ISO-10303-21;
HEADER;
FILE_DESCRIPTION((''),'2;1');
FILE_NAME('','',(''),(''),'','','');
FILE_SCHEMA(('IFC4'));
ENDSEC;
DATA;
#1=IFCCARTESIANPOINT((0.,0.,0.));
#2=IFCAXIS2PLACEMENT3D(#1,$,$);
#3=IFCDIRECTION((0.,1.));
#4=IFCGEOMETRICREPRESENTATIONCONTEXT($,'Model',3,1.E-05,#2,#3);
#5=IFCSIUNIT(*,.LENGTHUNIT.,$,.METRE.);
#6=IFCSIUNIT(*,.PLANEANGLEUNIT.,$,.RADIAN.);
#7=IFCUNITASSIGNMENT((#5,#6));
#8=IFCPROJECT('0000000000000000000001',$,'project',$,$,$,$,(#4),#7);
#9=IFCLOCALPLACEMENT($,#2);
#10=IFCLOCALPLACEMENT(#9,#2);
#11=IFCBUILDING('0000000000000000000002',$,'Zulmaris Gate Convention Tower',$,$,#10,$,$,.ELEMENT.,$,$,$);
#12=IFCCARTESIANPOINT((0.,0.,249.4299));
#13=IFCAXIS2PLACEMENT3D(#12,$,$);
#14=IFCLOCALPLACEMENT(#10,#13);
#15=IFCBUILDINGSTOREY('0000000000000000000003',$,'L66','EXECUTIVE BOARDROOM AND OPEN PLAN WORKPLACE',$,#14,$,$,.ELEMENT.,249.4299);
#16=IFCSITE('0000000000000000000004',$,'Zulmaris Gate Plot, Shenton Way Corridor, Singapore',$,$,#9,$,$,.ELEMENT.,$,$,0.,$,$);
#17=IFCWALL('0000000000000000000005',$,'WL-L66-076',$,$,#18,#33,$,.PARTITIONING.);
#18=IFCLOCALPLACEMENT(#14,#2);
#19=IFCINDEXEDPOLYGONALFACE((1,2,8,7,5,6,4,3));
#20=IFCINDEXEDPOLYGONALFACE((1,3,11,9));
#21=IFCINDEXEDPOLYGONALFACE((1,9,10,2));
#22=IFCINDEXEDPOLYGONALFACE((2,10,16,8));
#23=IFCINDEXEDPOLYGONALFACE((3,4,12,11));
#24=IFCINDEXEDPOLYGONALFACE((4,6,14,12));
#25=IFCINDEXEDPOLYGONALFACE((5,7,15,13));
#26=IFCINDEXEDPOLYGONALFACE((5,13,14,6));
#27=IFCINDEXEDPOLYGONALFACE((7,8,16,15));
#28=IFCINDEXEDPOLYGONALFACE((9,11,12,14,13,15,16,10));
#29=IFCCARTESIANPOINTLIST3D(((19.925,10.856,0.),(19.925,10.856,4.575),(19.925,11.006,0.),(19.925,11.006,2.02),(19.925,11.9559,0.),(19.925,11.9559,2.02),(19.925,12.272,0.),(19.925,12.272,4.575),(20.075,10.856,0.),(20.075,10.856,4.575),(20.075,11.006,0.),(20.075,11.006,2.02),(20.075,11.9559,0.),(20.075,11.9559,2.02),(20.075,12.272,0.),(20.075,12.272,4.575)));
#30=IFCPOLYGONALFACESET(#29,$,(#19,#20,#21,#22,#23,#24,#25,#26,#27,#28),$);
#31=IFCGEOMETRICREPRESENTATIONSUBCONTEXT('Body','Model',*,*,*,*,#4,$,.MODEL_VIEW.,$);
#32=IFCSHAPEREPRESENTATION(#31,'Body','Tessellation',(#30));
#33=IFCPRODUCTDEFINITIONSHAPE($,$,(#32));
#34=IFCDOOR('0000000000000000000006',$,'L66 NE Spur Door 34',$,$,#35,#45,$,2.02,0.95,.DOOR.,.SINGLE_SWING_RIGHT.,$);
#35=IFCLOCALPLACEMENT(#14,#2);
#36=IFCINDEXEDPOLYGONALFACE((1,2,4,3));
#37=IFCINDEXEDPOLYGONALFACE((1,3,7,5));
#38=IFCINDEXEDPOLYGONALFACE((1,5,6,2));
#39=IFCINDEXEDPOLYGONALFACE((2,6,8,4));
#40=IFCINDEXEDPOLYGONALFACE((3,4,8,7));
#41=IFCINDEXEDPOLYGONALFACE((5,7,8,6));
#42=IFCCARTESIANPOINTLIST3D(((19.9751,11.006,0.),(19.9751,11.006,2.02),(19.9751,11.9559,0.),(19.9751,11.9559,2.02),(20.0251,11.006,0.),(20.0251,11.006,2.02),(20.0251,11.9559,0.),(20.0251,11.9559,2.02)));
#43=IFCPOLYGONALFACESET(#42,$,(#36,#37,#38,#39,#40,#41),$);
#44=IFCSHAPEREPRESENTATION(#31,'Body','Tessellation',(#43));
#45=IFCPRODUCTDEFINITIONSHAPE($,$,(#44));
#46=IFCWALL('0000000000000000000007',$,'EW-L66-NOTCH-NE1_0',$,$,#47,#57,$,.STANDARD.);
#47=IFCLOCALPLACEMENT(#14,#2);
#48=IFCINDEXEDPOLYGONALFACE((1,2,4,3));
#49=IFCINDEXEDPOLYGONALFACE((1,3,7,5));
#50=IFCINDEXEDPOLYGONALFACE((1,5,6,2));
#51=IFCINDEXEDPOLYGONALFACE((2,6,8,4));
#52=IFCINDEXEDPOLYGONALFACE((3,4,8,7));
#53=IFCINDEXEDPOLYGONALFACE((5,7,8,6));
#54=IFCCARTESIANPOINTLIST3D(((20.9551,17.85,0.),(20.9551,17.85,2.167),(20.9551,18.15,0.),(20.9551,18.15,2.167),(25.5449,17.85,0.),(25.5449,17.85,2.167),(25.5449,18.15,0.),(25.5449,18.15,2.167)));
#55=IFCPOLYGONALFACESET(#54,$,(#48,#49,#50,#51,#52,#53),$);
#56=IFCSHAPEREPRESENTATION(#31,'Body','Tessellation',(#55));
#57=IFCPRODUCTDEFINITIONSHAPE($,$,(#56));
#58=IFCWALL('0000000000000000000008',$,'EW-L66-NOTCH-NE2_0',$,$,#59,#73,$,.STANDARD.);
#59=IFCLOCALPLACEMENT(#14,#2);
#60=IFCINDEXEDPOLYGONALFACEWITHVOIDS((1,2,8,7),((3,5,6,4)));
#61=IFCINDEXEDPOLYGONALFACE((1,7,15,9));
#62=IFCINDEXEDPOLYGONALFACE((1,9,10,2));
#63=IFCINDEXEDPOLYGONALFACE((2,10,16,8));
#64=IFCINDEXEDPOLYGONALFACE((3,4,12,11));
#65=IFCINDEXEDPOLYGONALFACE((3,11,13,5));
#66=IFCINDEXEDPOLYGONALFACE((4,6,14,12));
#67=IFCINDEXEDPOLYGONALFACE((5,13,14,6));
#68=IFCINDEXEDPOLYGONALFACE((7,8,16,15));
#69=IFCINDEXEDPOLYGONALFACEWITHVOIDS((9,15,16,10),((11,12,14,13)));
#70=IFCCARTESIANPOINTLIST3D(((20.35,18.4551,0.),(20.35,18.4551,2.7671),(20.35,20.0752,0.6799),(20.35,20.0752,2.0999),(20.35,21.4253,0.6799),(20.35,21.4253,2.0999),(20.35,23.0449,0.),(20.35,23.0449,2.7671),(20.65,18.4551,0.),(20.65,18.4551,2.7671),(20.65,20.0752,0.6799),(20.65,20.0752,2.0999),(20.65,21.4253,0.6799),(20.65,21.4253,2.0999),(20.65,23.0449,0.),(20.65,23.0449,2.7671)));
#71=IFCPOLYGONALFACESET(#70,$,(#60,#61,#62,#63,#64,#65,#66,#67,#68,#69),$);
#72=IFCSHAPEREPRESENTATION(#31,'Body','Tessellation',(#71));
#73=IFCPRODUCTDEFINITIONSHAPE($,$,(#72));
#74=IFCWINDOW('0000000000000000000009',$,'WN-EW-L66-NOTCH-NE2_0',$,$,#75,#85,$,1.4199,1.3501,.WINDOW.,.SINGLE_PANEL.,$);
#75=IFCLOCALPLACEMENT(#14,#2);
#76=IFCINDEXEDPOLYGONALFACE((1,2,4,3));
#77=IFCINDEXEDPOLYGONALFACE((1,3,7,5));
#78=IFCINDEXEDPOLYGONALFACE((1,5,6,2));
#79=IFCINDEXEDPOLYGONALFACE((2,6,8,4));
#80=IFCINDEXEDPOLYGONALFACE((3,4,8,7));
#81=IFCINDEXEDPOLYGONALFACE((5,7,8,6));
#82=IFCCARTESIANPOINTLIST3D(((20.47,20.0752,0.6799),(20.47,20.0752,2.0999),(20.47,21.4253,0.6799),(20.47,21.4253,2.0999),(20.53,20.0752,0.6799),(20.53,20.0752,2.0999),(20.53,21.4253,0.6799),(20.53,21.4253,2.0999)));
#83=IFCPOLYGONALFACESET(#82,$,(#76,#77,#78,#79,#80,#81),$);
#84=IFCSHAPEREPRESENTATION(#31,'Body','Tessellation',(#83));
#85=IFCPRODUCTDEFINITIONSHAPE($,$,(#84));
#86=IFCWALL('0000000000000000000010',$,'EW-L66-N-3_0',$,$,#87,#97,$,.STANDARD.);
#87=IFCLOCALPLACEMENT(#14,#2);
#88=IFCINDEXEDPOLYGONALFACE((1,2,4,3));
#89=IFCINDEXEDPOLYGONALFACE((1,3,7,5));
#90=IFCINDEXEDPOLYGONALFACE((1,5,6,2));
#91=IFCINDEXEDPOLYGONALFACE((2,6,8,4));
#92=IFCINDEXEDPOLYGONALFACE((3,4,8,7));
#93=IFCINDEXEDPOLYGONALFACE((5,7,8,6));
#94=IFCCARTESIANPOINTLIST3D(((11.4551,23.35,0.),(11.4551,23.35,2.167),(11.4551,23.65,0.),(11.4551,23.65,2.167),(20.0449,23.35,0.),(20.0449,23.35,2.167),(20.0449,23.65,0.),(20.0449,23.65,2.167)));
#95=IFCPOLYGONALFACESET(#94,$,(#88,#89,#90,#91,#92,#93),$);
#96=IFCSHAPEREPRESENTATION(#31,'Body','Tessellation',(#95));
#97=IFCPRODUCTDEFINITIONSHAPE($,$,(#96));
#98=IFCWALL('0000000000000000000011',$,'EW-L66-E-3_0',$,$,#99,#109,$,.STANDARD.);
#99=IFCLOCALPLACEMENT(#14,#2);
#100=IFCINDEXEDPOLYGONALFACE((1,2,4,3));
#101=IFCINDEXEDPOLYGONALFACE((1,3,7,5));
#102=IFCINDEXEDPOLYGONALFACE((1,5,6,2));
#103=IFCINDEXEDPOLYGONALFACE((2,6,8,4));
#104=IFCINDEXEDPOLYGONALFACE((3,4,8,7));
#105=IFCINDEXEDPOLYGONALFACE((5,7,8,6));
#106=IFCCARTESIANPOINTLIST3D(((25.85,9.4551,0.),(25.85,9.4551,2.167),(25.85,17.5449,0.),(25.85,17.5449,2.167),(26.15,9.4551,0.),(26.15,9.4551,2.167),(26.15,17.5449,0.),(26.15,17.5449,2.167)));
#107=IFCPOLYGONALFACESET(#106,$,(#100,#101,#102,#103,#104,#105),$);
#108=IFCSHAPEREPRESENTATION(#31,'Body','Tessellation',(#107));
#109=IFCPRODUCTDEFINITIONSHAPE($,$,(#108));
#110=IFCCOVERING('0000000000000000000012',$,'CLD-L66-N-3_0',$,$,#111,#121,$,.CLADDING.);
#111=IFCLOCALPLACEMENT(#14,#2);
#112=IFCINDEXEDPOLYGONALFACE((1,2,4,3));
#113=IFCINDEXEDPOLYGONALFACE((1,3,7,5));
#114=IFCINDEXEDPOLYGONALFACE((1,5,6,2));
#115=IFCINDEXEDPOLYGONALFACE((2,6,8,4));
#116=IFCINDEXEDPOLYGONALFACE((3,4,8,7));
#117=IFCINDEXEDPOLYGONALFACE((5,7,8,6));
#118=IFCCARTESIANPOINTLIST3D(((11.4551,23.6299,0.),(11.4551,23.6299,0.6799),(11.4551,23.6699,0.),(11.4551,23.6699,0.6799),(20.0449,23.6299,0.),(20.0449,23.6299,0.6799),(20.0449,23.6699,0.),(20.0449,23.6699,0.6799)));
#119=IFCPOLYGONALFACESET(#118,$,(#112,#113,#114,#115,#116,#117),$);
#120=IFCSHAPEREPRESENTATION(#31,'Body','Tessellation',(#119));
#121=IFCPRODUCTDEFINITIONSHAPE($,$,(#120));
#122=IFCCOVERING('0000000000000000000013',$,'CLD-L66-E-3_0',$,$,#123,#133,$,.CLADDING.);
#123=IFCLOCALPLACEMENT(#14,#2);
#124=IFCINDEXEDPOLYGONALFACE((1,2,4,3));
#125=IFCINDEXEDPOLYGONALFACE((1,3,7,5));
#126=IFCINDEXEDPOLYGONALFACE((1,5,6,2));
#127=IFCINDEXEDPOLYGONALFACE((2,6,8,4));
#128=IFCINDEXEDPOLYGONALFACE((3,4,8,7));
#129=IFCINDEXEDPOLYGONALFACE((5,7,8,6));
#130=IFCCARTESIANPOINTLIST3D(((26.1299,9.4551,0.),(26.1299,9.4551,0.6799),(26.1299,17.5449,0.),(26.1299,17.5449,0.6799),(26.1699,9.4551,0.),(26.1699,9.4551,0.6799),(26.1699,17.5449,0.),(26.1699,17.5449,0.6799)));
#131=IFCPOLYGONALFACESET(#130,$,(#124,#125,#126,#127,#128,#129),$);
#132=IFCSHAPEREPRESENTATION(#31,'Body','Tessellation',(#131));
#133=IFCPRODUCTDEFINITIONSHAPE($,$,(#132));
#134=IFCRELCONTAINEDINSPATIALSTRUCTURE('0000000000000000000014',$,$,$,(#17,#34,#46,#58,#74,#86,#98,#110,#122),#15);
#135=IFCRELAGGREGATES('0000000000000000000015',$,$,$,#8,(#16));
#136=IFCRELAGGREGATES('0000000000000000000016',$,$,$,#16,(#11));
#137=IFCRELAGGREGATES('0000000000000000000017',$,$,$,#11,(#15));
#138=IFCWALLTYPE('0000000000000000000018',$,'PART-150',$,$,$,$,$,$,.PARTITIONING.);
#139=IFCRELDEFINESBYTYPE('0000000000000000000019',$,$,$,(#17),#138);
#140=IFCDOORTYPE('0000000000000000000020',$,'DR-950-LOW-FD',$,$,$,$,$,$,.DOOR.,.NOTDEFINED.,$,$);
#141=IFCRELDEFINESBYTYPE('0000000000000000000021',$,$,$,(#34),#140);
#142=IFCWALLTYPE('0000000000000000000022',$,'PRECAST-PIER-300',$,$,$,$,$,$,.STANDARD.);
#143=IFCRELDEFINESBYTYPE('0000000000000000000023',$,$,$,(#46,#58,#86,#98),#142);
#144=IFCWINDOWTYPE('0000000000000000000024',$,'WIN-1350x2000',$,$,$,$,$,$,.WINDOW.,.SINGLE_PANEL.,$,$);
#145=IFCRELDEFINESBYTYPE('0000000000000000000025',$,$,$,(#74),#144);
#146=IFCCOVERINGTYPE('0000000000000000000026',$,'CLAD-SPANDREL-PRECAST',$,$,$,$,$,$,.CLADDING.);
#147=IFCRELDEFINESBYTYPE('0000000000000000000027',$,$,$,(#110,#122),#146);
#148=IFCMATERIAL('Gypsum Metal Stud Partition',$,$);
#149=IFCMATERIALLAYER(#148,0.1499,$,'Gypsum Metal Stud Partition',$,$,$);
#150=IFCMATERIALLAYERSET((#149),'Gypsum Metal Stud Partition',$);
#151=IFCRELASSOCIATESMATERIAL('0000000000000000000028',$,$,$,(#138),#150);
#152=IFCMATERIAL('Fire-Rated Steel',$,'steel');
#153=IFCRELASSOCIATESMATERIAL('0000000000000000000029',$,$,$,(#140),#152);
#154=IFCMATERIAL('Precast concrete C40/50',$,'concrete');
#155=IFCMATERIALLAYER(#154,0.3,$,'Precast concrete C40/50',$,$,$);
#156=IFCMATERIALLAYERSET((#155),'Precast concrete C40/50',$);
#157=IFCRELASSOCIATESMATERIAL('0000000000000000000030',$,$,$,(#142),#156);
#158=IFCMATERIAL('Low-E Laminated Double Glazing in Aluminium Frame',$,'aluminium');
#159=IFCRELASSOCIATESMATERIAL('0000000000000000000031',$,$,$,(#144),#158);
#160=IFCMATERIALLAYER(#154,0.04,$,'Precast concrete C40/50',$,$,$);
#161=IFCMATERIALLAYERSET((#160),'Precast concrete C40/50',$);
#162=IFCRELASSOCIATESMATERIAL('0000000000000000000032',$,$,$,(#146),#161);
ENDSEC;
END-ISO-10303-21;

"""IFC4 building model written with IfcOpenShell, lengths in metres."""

from ifc_helpers import new_model, si_unit, direction, frame, frame_2d, origin, place, context, subcontext, project, spatial, rectangle, extrude, material, layer, layer_set, type_object, element, fill, save


model = new_model("IFC4")

# Units and contexts
model_context = context("Model", 3, precision=1e-05, world=origin(), true_north=direction((0.0, 1.0)))
body_context = subcontext(model_context, "Body", "Model", "MODEL_VIEW")
ifc_project = project(units=[si_unit("LENGTHUNIT", "METRE"), si_unit("PLANEANGLEUNIT", "RADIAN")], contexts=[model_context])

# Site, building, storey
site_placement = place(None, origin())
site = spatial("IfcSite", under=ifc_project, at=site_placement, Name="Zulmaris Gate Plot, Shenton Way Corridor, Singapore", CompositionType="ELEMENT", RefElevation=0.0)
building_placement = place(site_placement, origin())
building = spatial("IfcBuilding", under=site, at=building_placement, Name="Zulmaris Gate Convention Tower", CompositionType="ELEMENT")
storey_placement = place(building_placement, frame((0.0, 0.0, 249.4299)))
storey = spatial("IfcBuildingStorey", under=building, at=storey_placement, Name="L66", Description="EXECUTIVE BOARDROOM AND OPEN PLAN WORKPLACE", CompositionType="ELEMENT", Elevation=249.4299)

# Wall, opening, door
ifc_material_1 = material(Name="Fire-Rated Steel", Category="steel")
ifc_material_2 = material(Name="Gypsum Metal Stud Partition")
ifc_layer_1 = layer(ifc_material_2, 0.1499, Name="Gypsum Metal Stud Partition")
ifc_layer_set_1 = layer_set([ifc_layer_1], Name="Gypsum Metal Stud Partition")
wall_type_1 = type_object("IfcWallType", Name="PART-150", PredefinedType="PARTITIONING", material=ifc_layer_set_1)
wall_1_placement = place(storey_placement, frame((20.0, 10.856, 0.0), z_axis=(0.0, 0.0, 1.0), x_axis=(0.0, 1.0, 0.0)))
wall_1 = element("IfcWall", 1, at=wall_1_placement, inside=storey, type_object=wall_type_1, Name="WL-L66-076", PredefinedType="PARTITIONING", context=body_context, shape_type="SweptSolid", body=[
    extrude(rectangle(XDim=1.416, YDim=0.1499, at=frame_2d((0.708, 0.0))), origin(), (0.0, 0.0, 1.0), 4.575),
])
opening_1_placement = place(wall_1_placement, frame((0.1499, 0.0, 0.0)))
opening_1 = element("IfcOpeningElement", 2, at=opening_1_placement, cuts=wall_1, PredefinedType="OPENING", context=body_context, shape_type="SweptSolid", body=[
    extrude(rectangle(XDim=0.95, YDim=2.02, at=frame_2d((0.4751, 1.01))), frame((0.0, 0.085, 0.0), z_axis=(0.0, -1.0, 0.0), x_axis=(1.0, 0.0, 0.0)), (0.0, 0.0, 1.0), 0.1699),
])
door_type_1 = type_object("IfcDoorType", Name="DR-950-LOW-FD", OperationType="NOTDEFINED", PredefinedType="DOOR", material=ifc_material_1)
door_1_placement = place(opening_1_placement, origin())
door_1 = element("IfcDoor", 3, at=door_1_placement, inside=storey, type_object=door_type_1, Name="L66 NE Spur Door 34", OperationType="SINGLE_SWING_RIGHT", OverallHeight=2.02, OverallWidth=0.95, PredefinedType="DOOR", context=body_context, shape_type="SweptSolid", body=[
    extrude(rectangle(XDim=0.95, YDim=2.02, at=frame_2d((0.4751, 1.01))), frame((0.0, 0.0249, 0.0), z_axis=(0.0, -1.0, 0.0), x_axis=(1.0, 0.0, 0.0)), (0.0, 0.0, 1.0), 0.05),
])
fill(opening_1, door_1)

# Wall
ifc_material_3 = material(Name="Precast concrete C40/50", Category="concrete")
ifc_layer_2 = layer(ifc_material_3, 0.3, Name="Precast concrete C40/50")
ifc_layer_set_2 = layer_set([ifc_layer_2], Name="Precast concrete C40/50")
wall_type_2 = type_object("IfcWallType", Name="PRECAST-PIER-300", PredefinedType="STANDARD", material=ifc_layer_set_2)
wall_2_placement = place(storey_placement, frame((25.5449, 18.0, 0.0), z_axis=(0.0, 0.0, 1.0), x_axis=(-1.0, 0.0, 0.0)))
element("IfcWall", 4, at=wall_2_placement, inside=storey, type_object=wall_type_2, Name="EW-L66-NOTCH-NE1_0", PredefinedType="STANDARD", context=body_context, shape_type="SweptSolid", body=[
    extrude(rectangle(XDim=4.5898, YDim=0.3, at=frame_2d((2.2949, 0.0))), origin(), (0.0, 0.0, 1.0), 2.167),
])

# Wall, opening, window
wall_3_placement = place(storey_placement, frame((20.5, 18.4551, 0.0), z_axis=(0.0, 0.0, 1.0), x_axis=(0.0, 1.0, 0.0)))
wall_3 = element("IfcWall", 5, at=wall_3_placement, inside=storey, type_object=wall_type_2, Name="EW-L66-NOTCH-NE2_0", PredefinedType="STANDARD", context=body_context, shape_type="SweptSolid", body=[
    extrude(rectangle(XDim=4.5898, YDim=0.3, at=frame_2d((2.2949, 0.0))), origin(), (0.0, 0.0, 1.0), 2.7671),
])
opening_2_placement = place(wall_3_placement, frame((1.6201, 0.0, 0.6799)))
opening_2 = element("IfcOpeningElement", 6, at=opening_2_placement, cuts=wall_3, PredefinedType="OPENING", context=body_context, shape_type="SweptSolid", body=[
    extrude(rectangle(XDim=1.3501, YDim=1.4199, at=frame_2d((0.675, 0.71))), frame((0.0, 0.1602, 0.0), z_axis=(0.0, -1.0, 0.0), x_axis=(1.0, 0.0, 0.0)), (0.0, 0.0, 1.0), 0.3201),
])
ifc_material_4 = material(Name="Low-E Laminated Double Glazing in Aluminium Frame", Category="aluminium")
window_type = type_object("IfcWindowType", Name="WIN-1350x2000", PartitioningType="SINGLE_PANEL", PredefinedType="WINDOW", material=ifc_material_4)
window_placement = place(opening_2_placement, origin())
window = element("IfcWindow", 7, at=window_placement, inside=storey, type_object=window_type, Name="WN-EW-L66-NOTCH-NE2_0", OverallHeight=1.4199, OverallWidth=1.3501, PartitioningType="SINGLE_PANEL", PredefinedType="WINDOW", context=body_context, shape_type="SweptSolid", body=[
    extrude(rectangle(XDim=1.3501, YDim=1.4199, at=frame_2d((0.675, 0.71))), frame((0.0, 0.03, 0.0), z_axis=(0.0, -1.0, 0.0), x_axis=(1.0, 0.0, 0.0)), (0.0, 0.0, 1.0), 0.0601),
])
fill(opening_2, window)

# Walls
wall_4_placement = place(storey_placement, frame((20.0449, 23.5, 0.0), z_axis=(0.0, 0.0, 1.0), x_axis=(-1.0, 0.0, 0.0)))
element("IfcWall", 8, at=wall_4_placement, inside=storey, type_object=wall_type_2, Name="EW-L66-N-3_0", PredefinedType="STANDARD", context=body_context, shape_type="SweptSolid", body=[
    extrude(rectangle(XDim=8.5898, YDim=0.3, at=frame_2d((4.2949, 0.0))), origin(), (0.0, 0.0, 1.0), 2.167),
])
wall_5_placement = place(storey_placement, frame((26.0, 9.4551, 0.0), z_axis=(0.0, 0.0, 1.0), x_axis=(0.0, 1.0, 0.0)))
element("IfcWall", 9, at=wall_5_placement, inside=storey, type_object=wall_type_2, Name="EW-L66-E-3_0", PredefinedType="STANDARD", context=body_context, shape_type="SweptSolid", body=[
    extrude(rectangle(XDim=8.0898, YDim=0.3, at=frame_2d((4.0449, 0.0))), origin(), (0.0, 0.0, 1.0), 2.167),
])

# Coverings
ifc_layer_3 = layer(ifc_material_3, 0.04, Name="Precast concrete C40/50")
ifc_layer_set_3 = layer_set([ifc_layer_3], Name="Precast concrete C40/50")
covering_type = type_object("IfcCoveringType", Name="CLAD-SPANDREL-PRECAST", PredefinedType="CLADDING", material=ifc_layer_set_3)
covering_1_placement = place(storey_placement, frame((20.0449, 23.6499, 0.0), z_axis=(0.0, 0.0, 1.0), x_axis=(-1.0, 0.0, 0.0)))
element("IfcCovering", 10, at=covering_1_placement, inside=storey, type_object=covering_type, Name="CLD-L66-N-3_0", PredefinedType="CLADDING", context=body_context, shape_type="SweptSolid", body=[
    extrude(rectangle(XDim=8.5898, YDim=0.04, at=frame_2d((4.2949, 0.0))), origin(), (0.0, 0.0, 1.0), 0.6799),
])
covering_2_placement = place(storey_placement, frame((26.1499, 9.4551, 0.0), z_axis=(0.0, 0.0, 1.0), x_axis=(0.0, 1.0, 0.0)))
element("IfcCovering", 11, at=covering_2_placement, inside=storey, type_object=covering_type, Name="CLD-L66-E-3_0", PredefinedType="CLADDING", context=body_context, shape_type="SweptSolid", body=[
    extrude(rectangle(XDim=8.0898, YDim=0.04, at=frame_2d((4.0449, 0.0))), origin(), (0.0, 0.0, 1.0), 0.6799),
])

save(model, "model.ifc")
